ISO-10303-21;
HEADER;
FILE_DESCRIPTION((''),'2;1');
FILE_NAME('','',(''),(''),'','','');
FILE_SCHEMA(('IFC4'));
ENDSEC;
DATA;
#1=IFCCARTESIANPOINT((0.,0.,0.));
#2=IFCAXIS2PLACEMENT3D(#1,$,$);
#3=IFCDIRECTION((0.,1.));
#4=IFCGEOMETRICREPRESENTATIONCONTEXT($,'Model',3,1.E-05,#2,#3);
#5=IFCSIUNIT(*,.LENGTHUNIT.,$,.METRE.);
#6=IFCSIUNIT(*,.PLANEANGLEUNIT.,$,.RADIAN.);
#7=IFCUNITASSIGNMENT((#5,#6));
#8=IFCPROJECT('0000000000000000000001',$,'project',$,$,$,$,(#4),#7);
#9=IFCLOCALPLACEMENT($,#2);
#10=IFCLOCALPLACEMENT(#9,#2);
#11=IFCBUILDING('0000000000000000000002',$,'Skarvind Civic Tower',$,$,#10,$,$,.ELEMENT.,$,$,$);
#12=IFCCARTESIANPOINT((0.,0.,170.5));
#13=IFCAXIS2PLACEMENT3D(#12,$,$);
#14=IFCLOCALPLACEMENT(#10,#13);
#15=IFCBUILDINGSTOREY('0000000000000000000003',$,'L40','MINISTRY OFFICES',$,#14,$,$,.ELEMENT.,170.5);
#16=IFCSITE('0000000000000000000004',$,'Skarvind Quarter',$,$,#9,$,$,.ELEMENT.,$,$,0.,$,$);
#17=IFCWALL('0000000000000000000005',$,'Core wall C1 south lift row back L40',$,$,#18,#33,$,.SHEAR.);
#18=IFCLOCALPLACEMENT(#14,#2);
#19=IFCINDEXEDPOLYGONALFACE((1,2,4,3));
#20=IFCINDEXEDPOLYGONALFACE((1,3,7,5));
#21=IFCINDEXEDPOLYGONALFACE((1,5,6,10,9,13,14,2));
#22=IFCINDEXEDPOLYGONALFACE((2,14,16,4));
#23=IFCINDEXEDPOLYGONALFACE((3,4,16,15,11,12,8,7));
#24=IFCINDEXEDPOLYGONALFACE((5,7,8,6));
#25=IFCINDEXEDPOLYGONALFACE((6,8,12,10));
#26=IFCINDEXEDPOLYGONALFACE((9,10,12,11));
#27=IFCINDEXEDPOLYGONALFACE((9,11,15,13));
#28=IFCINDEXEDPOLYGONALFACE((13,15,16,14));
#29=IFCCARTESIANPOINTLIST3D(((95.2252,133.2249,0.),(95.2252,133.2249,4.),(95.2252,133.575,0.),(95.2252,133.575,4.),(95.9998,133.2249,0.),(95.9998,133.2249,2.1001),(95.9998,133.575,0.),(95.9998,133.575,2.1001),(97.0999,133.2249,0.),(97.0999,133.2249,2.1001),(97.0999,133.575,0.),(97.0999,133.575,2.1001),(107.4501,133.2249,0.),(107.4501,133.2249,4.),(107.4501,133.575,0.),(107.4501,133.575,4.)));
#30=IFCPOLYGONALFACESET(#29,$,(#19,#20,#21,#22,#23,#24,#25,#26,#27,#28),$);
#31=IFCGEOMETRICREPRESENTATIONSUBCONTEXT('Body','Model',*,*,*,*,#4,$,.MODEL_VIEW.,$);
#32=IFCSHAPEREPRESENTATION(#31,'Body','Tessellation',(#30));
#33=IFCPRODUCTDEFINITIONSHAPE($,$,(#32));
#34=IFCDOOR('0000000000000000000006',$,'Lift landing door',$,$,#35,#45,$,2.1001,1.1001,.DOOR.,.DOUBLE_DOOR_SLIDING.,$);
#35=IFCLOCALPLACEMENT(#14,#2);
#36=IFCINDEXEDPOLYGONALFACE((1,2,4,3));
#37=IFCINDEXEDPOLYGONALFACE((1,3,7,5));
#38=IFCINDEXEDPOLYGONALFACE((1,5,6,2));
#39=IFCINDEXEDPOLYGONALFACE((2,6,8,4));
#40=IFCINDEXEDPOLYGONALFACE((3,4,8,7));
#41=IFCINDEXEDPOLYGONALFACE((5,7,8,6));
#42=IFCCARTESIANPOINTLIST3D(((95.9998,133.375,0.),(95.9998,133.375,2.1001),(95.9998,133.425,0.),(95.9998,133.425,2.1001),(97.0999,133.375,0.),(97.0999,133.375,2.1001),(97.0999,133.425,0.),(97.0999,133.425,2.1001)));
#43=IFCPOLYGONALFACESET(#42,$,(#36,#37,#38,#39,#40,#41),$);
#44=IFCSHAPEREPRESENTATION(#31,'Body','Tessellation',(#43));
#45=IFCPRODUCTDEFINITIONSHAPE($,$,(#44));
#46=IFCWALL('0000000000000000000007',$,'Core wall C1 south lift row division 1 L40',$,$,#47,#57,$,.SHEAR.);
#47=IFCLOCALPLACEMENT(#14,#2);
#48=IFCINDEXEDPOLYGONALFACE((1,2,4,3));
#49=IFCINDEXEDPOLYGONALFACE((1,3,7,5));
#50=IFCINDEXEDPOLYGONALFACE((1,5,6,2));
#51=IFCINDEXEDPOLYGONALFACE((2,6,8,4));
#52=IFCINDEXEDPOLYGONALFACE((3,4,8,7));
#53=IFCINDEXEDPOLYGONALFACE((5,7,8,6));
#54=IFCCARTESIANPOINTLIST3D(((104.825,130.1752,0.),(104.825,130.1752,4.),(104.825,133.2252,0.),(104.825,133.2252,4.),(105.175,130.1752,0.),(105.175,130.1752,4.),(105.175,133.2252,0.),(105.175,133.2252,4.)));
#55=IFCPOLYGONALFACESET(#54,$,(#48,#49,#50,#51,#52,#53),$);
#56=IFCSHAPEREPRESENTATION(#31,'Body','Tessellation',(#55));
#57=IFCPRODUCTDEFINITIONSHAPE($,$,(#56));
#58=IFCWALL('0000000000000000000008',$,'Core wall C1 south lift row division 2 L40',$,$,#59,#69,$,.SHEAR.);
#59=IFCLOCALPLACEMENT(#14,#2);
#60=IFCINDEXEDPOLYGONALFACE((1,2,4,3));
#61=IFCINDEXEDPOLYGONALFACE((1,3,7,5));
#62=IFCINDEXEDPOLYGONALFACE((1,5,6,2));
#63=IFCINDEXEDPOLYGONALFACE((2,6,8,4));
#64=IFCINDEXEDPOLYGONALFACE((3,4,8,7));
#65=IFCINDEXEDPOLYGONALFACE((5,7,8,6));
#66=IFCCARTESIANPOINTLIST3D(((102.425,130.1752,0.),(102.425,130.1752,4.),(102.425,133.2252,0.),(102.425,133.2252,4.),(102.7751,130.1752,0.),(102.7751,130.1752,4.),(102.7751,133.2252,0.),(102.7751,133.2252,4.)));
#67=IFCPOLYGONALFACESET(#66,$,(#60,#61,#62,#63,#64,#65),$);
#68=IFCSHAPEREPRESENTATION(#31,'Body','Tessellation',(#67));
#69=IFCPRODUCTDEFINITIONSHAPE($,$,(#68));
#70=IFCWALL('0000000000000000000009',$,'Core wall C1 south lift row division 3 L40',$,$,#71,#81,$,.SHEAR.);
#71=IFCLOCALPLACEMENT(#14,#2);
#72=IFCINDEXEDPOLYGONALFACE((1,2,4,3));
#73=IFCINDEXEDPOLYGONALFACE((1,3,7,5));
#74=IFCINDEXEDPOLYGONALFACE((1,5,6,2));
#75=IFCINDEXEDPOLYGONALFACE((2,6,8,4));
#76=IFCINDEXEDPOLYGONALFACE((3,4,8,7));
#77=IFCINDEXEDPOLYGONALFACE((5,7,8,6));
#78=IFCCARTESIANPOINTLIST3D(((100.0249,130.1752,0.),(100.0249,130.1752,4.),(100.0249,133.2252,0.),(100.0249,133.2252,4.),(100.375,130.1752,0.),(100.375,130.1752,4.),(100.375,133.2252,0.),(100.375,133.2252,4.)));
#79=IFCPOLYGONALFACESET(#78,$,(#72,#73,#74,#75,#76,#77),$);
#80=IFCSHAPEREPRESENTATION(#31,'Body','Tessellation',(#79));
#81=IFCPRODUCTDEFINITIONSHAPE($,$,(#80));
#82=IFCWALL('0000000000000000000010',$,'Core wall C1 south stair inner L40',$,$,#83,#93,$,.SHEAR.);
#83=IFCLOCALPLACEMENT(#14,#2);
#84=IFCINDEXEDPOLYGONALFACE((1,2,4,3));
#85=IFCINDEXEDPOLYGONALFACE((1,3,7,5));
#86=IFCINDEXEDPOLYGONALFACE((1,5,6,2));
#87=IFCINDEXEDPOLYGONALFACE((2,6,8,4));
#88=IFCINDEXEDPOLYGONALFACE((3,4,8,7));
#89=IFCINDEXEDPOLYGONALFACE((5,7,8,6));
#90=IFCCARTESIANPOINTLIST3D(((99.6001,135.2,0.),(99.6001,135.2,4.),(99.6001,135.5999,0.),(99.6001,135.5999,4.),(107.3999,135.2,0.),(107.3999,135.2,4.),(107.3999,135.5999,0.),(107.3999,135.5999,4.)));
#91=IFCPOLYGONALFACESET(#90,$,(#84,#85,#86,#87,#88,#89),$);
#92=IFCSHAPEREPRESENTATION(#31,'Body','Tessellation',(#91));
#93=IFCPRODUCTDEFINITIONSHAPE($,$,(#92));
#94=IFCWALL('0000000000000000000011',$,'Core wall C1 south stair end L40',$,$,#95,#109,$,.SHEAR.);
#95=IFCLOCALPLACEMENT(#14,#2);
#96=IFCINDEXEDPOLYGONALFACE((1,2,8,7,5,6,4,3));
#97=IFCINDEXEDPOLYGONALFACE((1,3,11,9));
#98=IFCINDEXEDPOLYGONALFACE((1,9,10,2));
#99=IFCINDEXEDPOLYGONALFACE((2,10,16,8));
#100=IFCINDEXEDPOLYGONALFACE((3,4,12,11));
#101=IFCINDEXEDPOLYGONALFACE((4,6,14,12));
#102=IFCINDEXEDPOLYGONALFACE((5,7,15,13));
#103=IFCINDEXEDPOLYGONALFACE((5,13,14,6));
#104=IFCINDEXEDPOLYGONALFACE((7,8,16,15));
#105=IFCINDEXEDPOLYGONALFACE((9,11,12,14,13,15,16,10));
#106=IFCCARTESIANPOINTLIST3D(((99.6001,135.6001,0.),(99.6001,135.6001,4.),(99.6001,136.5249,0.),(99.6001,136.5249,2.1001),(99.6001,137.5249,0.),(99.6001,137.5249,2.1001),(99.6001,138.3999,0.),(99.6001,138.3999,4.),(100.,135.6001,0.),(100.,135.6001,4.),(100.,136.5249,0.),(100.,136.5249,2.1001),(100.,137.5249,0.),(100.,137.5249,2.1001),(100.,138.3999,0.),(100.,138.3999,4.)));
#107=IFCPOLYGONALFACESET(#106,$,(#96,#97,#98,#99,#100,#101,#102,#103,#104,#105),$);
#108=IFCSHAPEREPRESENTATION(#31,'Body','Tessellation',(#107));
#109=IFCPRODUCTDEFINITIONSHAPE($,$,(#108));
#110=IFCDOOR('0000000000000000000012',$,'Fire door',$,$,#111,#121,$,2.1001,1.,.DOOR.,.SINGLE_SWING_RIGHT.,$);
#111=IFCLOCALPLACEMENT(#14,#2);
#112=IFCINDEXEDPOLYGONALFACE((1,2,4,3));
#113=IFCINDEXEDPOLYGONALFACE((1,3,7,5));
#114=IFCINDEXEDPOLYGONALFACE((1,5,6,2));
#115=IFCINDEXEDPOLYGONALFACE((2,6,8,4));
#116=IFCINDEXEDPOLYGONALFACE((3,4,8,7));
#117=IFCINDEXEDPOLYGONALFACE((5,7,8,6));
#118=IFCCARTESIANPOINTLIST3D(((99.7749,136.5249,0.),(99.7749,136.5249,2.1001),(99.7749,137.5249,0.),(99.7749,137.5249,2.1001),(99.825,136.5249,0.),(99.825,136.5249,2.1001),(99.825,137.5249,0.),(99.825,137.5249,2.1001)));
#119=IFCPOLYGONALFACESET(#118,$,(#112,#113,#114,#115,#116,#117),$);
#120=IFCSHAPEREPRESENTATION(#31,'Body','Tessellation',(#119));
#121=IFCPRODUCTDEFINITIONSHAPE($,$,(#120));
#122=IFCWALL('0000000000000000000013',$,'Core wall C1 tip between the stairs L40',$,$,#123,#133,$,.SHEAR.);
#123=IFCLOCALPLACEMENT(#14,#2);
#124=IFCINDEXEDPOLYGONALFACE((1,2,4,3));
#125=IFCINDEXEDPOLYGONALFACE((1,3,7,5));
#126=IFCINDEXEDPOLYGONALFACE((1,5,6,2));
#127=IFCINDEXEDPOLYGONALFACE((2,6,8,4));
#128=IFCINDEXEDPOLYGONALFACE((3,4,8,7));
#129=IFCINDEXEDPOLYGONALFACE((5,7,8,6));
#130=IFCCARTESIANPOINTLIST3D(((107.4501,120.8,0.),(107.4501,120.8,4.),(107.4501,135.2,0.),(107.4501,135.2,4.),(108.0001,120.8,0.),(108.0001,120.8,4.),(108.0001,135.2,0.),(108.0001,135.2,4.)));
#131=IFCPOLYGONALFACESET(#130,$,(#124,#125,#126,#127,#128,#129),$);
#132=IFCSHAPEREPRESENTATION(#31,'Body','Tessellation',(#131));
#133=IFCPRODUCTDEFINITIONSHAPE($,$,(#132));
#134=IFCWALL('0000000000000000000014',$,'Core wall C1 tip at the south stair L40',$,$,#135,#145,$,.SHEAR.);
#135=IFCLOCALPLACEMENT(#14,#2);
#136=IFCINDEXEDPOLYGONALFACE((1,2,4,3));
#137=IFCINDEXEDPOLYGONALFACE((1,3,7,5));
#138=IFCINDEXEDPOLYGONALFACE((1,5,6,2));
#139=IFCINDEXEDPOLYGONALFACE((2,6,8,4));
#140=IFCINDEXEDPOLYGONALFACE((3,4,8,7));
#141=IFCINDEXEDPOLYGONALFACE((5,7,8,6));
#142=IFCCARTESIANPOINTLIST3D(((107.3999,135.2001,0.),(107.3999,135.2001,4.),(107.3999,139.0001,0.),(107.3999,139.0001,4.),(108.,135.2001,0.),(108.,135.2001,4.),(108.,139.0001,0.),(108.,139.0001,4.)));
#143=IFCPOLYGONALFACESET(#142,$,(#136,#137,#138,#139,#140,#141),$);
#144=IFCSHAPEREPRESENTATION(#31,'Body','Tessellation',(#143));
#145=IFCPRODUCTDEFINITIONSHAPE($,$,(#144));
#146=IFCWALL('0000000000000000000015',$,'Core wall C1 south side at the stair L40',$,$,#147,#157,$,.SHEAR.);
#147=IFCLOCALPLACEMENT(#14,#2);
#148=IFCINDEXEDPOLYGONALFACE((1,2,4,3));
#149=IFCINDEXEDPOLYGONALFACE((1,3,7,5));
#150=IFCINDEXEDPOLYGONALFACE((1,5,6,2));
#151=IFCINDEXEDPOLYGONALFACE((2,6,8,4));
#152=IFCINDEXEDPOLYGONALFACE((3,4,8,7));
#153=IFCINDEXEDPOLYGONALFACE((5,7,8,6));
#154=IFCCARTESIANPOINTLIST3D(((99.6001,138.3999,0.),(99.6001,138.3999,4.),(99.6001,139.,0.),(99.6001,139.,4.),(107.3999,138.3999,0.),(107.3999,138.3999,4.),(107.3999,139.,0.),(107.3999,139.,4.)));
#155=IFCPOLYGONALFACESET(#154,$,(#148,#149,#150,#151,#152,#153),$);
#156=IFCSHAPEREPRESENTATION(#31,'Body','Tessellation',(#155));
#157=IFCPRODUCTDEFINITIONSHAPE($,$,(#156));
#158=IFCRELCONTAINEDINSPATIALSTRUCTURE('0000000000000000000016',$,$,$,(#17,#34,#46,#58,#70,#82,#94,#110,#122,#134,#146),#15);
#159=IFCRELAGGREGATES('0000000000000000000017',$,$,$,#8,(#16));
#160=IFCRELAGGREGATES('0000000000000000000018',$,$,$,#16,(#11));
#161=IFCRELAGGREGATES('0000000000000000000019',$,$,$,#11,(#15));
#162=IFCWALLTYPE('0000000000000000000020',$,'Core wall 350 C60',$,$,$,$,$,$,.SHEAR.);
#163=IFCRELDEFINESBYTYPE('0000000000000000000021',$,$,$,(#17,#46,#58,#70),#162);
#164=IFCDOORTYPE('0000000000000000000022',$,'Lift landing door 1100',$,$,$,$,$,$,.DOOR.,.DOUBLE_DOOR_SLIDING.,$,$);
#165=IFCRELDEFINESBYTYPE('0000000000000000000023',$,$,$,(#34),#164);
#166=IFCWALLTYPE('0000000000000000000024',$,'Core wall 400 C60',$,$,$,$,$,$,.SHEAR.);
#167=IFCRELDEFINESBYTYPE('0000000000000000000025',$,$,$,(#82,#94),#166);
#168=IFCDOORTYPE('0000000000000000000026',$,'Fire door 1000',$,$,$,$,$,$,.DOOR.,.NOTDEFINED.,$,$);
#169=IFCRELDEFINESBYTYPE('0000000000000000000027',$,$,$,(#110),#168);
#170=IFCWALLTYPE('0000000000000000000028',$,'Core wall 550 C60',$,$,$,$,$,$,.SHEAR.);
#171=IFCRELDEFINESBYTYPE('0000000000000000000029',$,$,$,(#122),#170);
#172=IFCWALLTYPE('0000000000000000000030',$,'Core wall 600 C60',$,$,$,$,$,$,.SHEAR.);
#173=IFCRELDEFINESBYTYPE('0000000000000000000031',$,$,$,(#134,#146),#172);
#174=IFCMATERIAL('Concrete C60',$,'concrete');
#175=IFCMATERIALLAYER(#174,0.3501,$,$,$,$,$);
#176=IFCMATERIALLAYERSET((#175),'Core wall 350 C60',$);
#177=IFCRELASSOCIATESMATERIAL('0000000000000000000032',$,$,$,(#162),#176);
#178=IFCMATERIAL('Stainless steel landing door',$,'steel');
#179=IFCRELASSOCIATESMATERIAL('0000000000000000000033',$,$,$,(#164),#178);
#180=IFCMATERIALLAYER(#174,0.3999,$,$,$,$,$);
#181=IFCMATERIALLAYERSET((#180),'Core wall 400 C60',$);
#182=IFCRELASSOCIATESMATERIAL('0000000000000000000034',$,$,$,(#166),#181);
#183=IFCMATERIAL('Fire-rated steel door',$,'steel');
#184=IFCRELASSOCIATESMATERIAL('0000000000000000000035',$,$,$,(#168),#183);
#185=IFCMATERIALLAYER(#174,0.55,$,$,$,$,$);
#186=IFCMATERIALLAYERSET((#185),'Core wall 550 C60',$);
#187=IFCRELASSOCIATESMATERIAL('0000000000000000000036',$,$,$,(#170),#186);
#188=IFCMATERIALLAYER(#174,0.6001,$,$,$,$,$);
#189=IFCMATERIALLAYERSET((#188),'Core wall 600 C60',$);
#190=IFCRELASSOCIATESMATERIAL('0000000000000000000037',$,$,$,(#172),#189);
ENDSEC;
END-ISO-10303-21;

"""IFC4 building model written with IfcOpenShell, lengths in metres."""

from ifc_helpers import new_model, si_unit, direction, frame, frame_2d, origin, place, context, subcontext, project, spatial, rectangle, extrude, material, layer, layer_set, type_object, element, fill, save


model = new_model("IFC4")

# Units and contexts
model_context = context("Model", 3, precision=1e-05, world=origin(), true_north=direction((0.0, 1.0)))
body_context = subcontext(model_context, "Body", "Model", "MODEL_VIEW")
ifc_project = project(units=[si_unit("LENGTHUNIT", "METRE"), si_unit("PLANEANGLEUNIT", "RADIAN")], contexts=[model_context])

# Site, building, storey
site_placement = place(None, origin())
site = spatial("IfcSite", under=ifc_project, at=site_placement, Name="Skarvind Quarter", CompositionType="ELEMENT", RefElevation=0.0)
building_placement = place(site_placement, origin())
building = spatial("IfcBuilding", under=site, at=building_placement, Name="Skarvind Civic Tower", CompositionType="ELEMENT")
storey_placement = place(building_placement, frame((0.0, 0.0, 170.5)))
storey = spatial("IfcBuildingStorey", under=building, at=storey_placement, Name="L40", Description="MINISTRY OFFICES", CompositionType="ELEMENT", Elevation=170.5)

# Wall, opening, door
ifc_material_1 = material(Name="Concrete C60", Category="concrete")
ifc_layer_1 = layer(ifc_material_1, 0.3501)
ifc_layer_set_1 = layer_set([ifc_layer_1], Name="Core wall 350 C60")
wall_type_1 = type_object("IfcWallType", Name="Core wall 350 C60", PredefinedType="SHEAR", material=ifc_layer_set_1)
wall_1_placement = place(storey_placement, frame((107.45, 133.3999, 0.0), z_axis=(0.0, 0.0, 1.0), x_axis=(-1.0, 0.0, 0.0)))
wall_1 = element("IfcWall", 1, at=wall_1_placement, inside=storey, type_object=wall_type_1, Name="Core wall C1 south lift row back L40", PredefinedType="SHEAR", context=body_context, shape_type="SweptSolid", body=[
    extrude(rectangle(XDim=12.2249, YDim=0.3501, at=frame_2d((6.1123, 0.0))), origin(), (0.0, 0.0, 1.0), 4.0),
])
opening_1_placement = place(wall_1_placement, frame((10.3501, 0.0, 0.0)))
opening_1 = element("IfcOpeningElement", 2, at=opening_1_placement, cuts=wall_1, PredefinedType="OPENING", context=body_context, shape_type="SweptSolid", body=[
    extrude(rectangle(XDim=1.1001, YDim=2.1001, at=frame_2d((0.55, 1.05))), frame((0.0, 0.1851, 0.0), z_axis=(0.0, -1.0, 0.0), x_axis=(1.0, 0.0, 0.0)), (0.0, 0.0, 1.0), 0.3701),
])
ifc_material_2 = material(Name="Stainless steel landing door", Category="steel")
door_type_1 = type_object("IfcDoorType", Name="Lift landing door 1100", OperationType="DOUBLE_DOOR_SLIDING", PredefinedType="DOOR", material=ifc_material_2)
door_1_placement = place(opening_1_placement, origin())
door_1 = element("IfcDoor", 3, at=door_1_placement, inside=storey, type_object=door_type_1, Name="Lift landing door", OperationType="DOUBLE_DOOR_SLIDING", OverallHeight=2.1001, OverallWidth=1.1001, PredefinedType="DOOR", context=body_context, shape_type="SweptSolid", body=[
    extrude(rectangle(XDim=1.1001, YDim=2.1001, at=frame_2d((0.55, 1.05))), frame((0.0, 0.0249, 0.0), z_axis=(0.0, -1.0, 0.0), x_axis=(1.0, 0.0, 0.0)), (0.0, 0.0, 1.0), 0.05),
])
fill(opening_1, door_1)

# Walls
for number, where, z_axis, x_axis, name in (
    (4, (105.0, 133.2251, 0.0), (0.0, 0.0, 1.0), (0.0, -1.0, 0.0), "Core wall C1 south lift row division 1 L40"),
    (5, (102.6001, 133.2251, 0.0), (0.0, 0.0, 1.0), (0.0, -1.0, 0.0), "Core wall C1 south lift row division 2 L40"),
    (6, (100.2, 133.2251, 0.0), (0.0, 0.0, 1.0), (0.0, -1.0, 0.0), "Core wall C1 south lift row division 3 L40"),
):
    element("IfcWall", number, at=place(storey_placement, frame(where, z_axis=z_axis, x_axis=x_axis)), inside=storey, type_object=wall_type_1, Name=name, PredefinedType="SHEAR", context=body_context, shape_type="SweptSolid", body=[
        extrude(rectangle(XDim=3.05, YDim=0.3501, at=frame_2d((1.5249, 0.0))), origin(), (0.0, 0.0, 1.0), 4.0),
    ])
ifc_layer_2 = layer(ifc_material_1, 0.3999)
ifc_layer_set_2 = layer_set([ifc_layer_2], Name="Core wall 400 C60")
wall_type_2 = type_object("IfcWallType", Name="Core wall 400 C60", PredefinedType="SHEAR", material=ifc_layer_set_2)
wall_2_placement = place(storey_placement, frame((107.3999, 135.3999, 0.0), z_axis=(0.0, 0.0, 1.0), x_axis=(-1.0, 0.0, 0.0)))
element("IfcWall", 7, at=wall_2_placement, inside=storey, type_object=wall_type_2, Name="Core wall C1 south stair inner L40", PredefinedType="SHEAR", context=body_context, shape_type="SweptSolid", body=[
    extrude(rectangle(XDim=7.7998, YDim=0.3999, at=frame_2d((3.8999, 0.0))), origin(), (0.0, 0.0, 1.0), 4.0),
])

# Wall, opening, door
wall_3_placement = place(storey_placement, frame((99.8, 138.3999, 0.0), z_axis=(0.0, 0.0, 1.0), x_axis=(0.0, -1.0, 0.0)))
wall_3 = element("IfcWall", 8, at=wall_3_placement, inside=storey, type_object=wall_type_2, Name="Core wall C1 south stair end L40", PredefinedType="SHEAR", context=body_context, shape_type="SweptSolid", body=[
    extrude(rectangle(XDim=2.7998, YDim=0.3999, at=frame_2d((1.3999, 0.0))), origin(), (0.0, 0.0, 1.0), 4.0),
])
opening_2_placement = place(wall_3_placement, frame((0.875, 0.0, 0.0)))
opening_2 = element("IfcOpeningElement", 9, at=opening_2_placement, cuts=wall_3, PredefinedType="OPENING", context=body_context, shape_type="SweptSolid", body=[
    extrude(rectangle(XDim=1.0, YDim=2.1001, at=frame_2d((0.5, 1.05))), frame((0.0, 0.21, 0.0), z_axis=(0.0, -1.0, 0.0), x_axis=(1.0, 0.0, 0.0)), (0.0, 0.0, 1.0), 0.4199),
])
ifc_material_3 = material(Name="Fire-rated steel door", Category="steel")
door_type_2 = type_object("IfcDoorType", Name="Fire door 1000", OperationType="NOTDEFINED", PredefinedType="DOOR", material=ifc_material_3)
door_2_placement = place(opening_2_placement, origin())
door_2 = element("IfcDoor", 10, at=door_2_placement, inside=storey, type_object=door_type_2, Name="Fire door", OperationType="SINGLE_SWING_RIGHT", OverallHeight=2.1001, OverallWidth=1.0, PredefinedType="DOOR", context=body_context, shape_type="SweptSolid", body=[
    extrude(rectangle(XDim=1.0, YDim=2.1001, at=frame_2d((0.5, 1.05))), frame((0.0, 0.0249, 0.0), z_axis=(0.0, -1.0, 0.0), x_axis=(1.0, 0.0, 0.0)), (0.0, 0.0, 1.0), 0.05),
])
fill(opening_2, door_2)

# Walls
ifc_layer_3 = layer(ifc_material_1, 0.55)
ifc_layer_set_3 = layer_set([ifc_layer_3], Name="Core wall 550 C60")
wall_type_3 = type_object("IfcWallType", Name="Core wall 550 C60", PredefinedType="SHEAR", material=ifc_layer_set_3)
wall_4_placement = place(storey_placement, frame((107.7251, 135.2, 0.0), z_axis=(0.0, 0.0, 1.0), x_axis=(0.0, -1.0, 0.0)))
element("IfcWall", 11, at=wall_4_placement, inside=storey, type_object=wall_type_3, Name="Core wall C1 tip between the stairs L40", PredefinedType="SHEAR", context=body_context, shape_type="SweptSolid", body=[
    extrude(rectangle(XDim=14.3999, YDim=0.55, at=frame_2d((7.2, 0.0))), origin(), (0.0, 0.0, 1.0), 4.0),
])
ifc_layer_4 = layer(ifc_material_1, 0.6001)
ifc_layer_set_4 = layer_set([ifc_layer_4], Name="Core wall 600 C60")
wall_type_4 = type_object("IfcWallType", Name="Core wall 600 C60", PredefinedType="SHEAR", material=ifc_layer_set_4)
wall_5_placement = place(storey_placement, frame((107.7, 139.0, 0.0), z_axis=(0.0, 0.0, 1.0), x_axis=(0.0, -1.0, 0.0)))
element("IfcWall", 12, at=wall_5_placement, inside=storey, type_object=wall_type_4, Name="Core wall C1 tip at the south stair L40", PredefinedType="SHEAR", context=body_context, shape_type="SweptSolid", body=[
    extrude(rectangle(XDim=3.8, YDim=0.6001, at=frame_2d((1.8999, 0.0))), origin(), (0.0, 0.0, 1.0), 4.0),
])
wall_6_placement = place(storey_placement, frame((107.3999, 138.7, 0.0), z_axis=(0.0, 0.0, 1.0), x_axis=(-1.0, 0.0, 0.0)))
element("IfcWall", 13, at=wall_6_placement, inside=storey, type_object=wall_type_4, Name="Core wall C1 south side at the stair L40", PredefinedType="SHEAR", context=body_context, shape_type="SweptSolid", body=[
    extrude(rectangle(XDim=7.7998, YDim=0.6001, at=frame_2d((3.8999, 0.0))), origin(), (0.0, 0.0, 1.0), 4.0),
])

save(model, "model.ifc")
